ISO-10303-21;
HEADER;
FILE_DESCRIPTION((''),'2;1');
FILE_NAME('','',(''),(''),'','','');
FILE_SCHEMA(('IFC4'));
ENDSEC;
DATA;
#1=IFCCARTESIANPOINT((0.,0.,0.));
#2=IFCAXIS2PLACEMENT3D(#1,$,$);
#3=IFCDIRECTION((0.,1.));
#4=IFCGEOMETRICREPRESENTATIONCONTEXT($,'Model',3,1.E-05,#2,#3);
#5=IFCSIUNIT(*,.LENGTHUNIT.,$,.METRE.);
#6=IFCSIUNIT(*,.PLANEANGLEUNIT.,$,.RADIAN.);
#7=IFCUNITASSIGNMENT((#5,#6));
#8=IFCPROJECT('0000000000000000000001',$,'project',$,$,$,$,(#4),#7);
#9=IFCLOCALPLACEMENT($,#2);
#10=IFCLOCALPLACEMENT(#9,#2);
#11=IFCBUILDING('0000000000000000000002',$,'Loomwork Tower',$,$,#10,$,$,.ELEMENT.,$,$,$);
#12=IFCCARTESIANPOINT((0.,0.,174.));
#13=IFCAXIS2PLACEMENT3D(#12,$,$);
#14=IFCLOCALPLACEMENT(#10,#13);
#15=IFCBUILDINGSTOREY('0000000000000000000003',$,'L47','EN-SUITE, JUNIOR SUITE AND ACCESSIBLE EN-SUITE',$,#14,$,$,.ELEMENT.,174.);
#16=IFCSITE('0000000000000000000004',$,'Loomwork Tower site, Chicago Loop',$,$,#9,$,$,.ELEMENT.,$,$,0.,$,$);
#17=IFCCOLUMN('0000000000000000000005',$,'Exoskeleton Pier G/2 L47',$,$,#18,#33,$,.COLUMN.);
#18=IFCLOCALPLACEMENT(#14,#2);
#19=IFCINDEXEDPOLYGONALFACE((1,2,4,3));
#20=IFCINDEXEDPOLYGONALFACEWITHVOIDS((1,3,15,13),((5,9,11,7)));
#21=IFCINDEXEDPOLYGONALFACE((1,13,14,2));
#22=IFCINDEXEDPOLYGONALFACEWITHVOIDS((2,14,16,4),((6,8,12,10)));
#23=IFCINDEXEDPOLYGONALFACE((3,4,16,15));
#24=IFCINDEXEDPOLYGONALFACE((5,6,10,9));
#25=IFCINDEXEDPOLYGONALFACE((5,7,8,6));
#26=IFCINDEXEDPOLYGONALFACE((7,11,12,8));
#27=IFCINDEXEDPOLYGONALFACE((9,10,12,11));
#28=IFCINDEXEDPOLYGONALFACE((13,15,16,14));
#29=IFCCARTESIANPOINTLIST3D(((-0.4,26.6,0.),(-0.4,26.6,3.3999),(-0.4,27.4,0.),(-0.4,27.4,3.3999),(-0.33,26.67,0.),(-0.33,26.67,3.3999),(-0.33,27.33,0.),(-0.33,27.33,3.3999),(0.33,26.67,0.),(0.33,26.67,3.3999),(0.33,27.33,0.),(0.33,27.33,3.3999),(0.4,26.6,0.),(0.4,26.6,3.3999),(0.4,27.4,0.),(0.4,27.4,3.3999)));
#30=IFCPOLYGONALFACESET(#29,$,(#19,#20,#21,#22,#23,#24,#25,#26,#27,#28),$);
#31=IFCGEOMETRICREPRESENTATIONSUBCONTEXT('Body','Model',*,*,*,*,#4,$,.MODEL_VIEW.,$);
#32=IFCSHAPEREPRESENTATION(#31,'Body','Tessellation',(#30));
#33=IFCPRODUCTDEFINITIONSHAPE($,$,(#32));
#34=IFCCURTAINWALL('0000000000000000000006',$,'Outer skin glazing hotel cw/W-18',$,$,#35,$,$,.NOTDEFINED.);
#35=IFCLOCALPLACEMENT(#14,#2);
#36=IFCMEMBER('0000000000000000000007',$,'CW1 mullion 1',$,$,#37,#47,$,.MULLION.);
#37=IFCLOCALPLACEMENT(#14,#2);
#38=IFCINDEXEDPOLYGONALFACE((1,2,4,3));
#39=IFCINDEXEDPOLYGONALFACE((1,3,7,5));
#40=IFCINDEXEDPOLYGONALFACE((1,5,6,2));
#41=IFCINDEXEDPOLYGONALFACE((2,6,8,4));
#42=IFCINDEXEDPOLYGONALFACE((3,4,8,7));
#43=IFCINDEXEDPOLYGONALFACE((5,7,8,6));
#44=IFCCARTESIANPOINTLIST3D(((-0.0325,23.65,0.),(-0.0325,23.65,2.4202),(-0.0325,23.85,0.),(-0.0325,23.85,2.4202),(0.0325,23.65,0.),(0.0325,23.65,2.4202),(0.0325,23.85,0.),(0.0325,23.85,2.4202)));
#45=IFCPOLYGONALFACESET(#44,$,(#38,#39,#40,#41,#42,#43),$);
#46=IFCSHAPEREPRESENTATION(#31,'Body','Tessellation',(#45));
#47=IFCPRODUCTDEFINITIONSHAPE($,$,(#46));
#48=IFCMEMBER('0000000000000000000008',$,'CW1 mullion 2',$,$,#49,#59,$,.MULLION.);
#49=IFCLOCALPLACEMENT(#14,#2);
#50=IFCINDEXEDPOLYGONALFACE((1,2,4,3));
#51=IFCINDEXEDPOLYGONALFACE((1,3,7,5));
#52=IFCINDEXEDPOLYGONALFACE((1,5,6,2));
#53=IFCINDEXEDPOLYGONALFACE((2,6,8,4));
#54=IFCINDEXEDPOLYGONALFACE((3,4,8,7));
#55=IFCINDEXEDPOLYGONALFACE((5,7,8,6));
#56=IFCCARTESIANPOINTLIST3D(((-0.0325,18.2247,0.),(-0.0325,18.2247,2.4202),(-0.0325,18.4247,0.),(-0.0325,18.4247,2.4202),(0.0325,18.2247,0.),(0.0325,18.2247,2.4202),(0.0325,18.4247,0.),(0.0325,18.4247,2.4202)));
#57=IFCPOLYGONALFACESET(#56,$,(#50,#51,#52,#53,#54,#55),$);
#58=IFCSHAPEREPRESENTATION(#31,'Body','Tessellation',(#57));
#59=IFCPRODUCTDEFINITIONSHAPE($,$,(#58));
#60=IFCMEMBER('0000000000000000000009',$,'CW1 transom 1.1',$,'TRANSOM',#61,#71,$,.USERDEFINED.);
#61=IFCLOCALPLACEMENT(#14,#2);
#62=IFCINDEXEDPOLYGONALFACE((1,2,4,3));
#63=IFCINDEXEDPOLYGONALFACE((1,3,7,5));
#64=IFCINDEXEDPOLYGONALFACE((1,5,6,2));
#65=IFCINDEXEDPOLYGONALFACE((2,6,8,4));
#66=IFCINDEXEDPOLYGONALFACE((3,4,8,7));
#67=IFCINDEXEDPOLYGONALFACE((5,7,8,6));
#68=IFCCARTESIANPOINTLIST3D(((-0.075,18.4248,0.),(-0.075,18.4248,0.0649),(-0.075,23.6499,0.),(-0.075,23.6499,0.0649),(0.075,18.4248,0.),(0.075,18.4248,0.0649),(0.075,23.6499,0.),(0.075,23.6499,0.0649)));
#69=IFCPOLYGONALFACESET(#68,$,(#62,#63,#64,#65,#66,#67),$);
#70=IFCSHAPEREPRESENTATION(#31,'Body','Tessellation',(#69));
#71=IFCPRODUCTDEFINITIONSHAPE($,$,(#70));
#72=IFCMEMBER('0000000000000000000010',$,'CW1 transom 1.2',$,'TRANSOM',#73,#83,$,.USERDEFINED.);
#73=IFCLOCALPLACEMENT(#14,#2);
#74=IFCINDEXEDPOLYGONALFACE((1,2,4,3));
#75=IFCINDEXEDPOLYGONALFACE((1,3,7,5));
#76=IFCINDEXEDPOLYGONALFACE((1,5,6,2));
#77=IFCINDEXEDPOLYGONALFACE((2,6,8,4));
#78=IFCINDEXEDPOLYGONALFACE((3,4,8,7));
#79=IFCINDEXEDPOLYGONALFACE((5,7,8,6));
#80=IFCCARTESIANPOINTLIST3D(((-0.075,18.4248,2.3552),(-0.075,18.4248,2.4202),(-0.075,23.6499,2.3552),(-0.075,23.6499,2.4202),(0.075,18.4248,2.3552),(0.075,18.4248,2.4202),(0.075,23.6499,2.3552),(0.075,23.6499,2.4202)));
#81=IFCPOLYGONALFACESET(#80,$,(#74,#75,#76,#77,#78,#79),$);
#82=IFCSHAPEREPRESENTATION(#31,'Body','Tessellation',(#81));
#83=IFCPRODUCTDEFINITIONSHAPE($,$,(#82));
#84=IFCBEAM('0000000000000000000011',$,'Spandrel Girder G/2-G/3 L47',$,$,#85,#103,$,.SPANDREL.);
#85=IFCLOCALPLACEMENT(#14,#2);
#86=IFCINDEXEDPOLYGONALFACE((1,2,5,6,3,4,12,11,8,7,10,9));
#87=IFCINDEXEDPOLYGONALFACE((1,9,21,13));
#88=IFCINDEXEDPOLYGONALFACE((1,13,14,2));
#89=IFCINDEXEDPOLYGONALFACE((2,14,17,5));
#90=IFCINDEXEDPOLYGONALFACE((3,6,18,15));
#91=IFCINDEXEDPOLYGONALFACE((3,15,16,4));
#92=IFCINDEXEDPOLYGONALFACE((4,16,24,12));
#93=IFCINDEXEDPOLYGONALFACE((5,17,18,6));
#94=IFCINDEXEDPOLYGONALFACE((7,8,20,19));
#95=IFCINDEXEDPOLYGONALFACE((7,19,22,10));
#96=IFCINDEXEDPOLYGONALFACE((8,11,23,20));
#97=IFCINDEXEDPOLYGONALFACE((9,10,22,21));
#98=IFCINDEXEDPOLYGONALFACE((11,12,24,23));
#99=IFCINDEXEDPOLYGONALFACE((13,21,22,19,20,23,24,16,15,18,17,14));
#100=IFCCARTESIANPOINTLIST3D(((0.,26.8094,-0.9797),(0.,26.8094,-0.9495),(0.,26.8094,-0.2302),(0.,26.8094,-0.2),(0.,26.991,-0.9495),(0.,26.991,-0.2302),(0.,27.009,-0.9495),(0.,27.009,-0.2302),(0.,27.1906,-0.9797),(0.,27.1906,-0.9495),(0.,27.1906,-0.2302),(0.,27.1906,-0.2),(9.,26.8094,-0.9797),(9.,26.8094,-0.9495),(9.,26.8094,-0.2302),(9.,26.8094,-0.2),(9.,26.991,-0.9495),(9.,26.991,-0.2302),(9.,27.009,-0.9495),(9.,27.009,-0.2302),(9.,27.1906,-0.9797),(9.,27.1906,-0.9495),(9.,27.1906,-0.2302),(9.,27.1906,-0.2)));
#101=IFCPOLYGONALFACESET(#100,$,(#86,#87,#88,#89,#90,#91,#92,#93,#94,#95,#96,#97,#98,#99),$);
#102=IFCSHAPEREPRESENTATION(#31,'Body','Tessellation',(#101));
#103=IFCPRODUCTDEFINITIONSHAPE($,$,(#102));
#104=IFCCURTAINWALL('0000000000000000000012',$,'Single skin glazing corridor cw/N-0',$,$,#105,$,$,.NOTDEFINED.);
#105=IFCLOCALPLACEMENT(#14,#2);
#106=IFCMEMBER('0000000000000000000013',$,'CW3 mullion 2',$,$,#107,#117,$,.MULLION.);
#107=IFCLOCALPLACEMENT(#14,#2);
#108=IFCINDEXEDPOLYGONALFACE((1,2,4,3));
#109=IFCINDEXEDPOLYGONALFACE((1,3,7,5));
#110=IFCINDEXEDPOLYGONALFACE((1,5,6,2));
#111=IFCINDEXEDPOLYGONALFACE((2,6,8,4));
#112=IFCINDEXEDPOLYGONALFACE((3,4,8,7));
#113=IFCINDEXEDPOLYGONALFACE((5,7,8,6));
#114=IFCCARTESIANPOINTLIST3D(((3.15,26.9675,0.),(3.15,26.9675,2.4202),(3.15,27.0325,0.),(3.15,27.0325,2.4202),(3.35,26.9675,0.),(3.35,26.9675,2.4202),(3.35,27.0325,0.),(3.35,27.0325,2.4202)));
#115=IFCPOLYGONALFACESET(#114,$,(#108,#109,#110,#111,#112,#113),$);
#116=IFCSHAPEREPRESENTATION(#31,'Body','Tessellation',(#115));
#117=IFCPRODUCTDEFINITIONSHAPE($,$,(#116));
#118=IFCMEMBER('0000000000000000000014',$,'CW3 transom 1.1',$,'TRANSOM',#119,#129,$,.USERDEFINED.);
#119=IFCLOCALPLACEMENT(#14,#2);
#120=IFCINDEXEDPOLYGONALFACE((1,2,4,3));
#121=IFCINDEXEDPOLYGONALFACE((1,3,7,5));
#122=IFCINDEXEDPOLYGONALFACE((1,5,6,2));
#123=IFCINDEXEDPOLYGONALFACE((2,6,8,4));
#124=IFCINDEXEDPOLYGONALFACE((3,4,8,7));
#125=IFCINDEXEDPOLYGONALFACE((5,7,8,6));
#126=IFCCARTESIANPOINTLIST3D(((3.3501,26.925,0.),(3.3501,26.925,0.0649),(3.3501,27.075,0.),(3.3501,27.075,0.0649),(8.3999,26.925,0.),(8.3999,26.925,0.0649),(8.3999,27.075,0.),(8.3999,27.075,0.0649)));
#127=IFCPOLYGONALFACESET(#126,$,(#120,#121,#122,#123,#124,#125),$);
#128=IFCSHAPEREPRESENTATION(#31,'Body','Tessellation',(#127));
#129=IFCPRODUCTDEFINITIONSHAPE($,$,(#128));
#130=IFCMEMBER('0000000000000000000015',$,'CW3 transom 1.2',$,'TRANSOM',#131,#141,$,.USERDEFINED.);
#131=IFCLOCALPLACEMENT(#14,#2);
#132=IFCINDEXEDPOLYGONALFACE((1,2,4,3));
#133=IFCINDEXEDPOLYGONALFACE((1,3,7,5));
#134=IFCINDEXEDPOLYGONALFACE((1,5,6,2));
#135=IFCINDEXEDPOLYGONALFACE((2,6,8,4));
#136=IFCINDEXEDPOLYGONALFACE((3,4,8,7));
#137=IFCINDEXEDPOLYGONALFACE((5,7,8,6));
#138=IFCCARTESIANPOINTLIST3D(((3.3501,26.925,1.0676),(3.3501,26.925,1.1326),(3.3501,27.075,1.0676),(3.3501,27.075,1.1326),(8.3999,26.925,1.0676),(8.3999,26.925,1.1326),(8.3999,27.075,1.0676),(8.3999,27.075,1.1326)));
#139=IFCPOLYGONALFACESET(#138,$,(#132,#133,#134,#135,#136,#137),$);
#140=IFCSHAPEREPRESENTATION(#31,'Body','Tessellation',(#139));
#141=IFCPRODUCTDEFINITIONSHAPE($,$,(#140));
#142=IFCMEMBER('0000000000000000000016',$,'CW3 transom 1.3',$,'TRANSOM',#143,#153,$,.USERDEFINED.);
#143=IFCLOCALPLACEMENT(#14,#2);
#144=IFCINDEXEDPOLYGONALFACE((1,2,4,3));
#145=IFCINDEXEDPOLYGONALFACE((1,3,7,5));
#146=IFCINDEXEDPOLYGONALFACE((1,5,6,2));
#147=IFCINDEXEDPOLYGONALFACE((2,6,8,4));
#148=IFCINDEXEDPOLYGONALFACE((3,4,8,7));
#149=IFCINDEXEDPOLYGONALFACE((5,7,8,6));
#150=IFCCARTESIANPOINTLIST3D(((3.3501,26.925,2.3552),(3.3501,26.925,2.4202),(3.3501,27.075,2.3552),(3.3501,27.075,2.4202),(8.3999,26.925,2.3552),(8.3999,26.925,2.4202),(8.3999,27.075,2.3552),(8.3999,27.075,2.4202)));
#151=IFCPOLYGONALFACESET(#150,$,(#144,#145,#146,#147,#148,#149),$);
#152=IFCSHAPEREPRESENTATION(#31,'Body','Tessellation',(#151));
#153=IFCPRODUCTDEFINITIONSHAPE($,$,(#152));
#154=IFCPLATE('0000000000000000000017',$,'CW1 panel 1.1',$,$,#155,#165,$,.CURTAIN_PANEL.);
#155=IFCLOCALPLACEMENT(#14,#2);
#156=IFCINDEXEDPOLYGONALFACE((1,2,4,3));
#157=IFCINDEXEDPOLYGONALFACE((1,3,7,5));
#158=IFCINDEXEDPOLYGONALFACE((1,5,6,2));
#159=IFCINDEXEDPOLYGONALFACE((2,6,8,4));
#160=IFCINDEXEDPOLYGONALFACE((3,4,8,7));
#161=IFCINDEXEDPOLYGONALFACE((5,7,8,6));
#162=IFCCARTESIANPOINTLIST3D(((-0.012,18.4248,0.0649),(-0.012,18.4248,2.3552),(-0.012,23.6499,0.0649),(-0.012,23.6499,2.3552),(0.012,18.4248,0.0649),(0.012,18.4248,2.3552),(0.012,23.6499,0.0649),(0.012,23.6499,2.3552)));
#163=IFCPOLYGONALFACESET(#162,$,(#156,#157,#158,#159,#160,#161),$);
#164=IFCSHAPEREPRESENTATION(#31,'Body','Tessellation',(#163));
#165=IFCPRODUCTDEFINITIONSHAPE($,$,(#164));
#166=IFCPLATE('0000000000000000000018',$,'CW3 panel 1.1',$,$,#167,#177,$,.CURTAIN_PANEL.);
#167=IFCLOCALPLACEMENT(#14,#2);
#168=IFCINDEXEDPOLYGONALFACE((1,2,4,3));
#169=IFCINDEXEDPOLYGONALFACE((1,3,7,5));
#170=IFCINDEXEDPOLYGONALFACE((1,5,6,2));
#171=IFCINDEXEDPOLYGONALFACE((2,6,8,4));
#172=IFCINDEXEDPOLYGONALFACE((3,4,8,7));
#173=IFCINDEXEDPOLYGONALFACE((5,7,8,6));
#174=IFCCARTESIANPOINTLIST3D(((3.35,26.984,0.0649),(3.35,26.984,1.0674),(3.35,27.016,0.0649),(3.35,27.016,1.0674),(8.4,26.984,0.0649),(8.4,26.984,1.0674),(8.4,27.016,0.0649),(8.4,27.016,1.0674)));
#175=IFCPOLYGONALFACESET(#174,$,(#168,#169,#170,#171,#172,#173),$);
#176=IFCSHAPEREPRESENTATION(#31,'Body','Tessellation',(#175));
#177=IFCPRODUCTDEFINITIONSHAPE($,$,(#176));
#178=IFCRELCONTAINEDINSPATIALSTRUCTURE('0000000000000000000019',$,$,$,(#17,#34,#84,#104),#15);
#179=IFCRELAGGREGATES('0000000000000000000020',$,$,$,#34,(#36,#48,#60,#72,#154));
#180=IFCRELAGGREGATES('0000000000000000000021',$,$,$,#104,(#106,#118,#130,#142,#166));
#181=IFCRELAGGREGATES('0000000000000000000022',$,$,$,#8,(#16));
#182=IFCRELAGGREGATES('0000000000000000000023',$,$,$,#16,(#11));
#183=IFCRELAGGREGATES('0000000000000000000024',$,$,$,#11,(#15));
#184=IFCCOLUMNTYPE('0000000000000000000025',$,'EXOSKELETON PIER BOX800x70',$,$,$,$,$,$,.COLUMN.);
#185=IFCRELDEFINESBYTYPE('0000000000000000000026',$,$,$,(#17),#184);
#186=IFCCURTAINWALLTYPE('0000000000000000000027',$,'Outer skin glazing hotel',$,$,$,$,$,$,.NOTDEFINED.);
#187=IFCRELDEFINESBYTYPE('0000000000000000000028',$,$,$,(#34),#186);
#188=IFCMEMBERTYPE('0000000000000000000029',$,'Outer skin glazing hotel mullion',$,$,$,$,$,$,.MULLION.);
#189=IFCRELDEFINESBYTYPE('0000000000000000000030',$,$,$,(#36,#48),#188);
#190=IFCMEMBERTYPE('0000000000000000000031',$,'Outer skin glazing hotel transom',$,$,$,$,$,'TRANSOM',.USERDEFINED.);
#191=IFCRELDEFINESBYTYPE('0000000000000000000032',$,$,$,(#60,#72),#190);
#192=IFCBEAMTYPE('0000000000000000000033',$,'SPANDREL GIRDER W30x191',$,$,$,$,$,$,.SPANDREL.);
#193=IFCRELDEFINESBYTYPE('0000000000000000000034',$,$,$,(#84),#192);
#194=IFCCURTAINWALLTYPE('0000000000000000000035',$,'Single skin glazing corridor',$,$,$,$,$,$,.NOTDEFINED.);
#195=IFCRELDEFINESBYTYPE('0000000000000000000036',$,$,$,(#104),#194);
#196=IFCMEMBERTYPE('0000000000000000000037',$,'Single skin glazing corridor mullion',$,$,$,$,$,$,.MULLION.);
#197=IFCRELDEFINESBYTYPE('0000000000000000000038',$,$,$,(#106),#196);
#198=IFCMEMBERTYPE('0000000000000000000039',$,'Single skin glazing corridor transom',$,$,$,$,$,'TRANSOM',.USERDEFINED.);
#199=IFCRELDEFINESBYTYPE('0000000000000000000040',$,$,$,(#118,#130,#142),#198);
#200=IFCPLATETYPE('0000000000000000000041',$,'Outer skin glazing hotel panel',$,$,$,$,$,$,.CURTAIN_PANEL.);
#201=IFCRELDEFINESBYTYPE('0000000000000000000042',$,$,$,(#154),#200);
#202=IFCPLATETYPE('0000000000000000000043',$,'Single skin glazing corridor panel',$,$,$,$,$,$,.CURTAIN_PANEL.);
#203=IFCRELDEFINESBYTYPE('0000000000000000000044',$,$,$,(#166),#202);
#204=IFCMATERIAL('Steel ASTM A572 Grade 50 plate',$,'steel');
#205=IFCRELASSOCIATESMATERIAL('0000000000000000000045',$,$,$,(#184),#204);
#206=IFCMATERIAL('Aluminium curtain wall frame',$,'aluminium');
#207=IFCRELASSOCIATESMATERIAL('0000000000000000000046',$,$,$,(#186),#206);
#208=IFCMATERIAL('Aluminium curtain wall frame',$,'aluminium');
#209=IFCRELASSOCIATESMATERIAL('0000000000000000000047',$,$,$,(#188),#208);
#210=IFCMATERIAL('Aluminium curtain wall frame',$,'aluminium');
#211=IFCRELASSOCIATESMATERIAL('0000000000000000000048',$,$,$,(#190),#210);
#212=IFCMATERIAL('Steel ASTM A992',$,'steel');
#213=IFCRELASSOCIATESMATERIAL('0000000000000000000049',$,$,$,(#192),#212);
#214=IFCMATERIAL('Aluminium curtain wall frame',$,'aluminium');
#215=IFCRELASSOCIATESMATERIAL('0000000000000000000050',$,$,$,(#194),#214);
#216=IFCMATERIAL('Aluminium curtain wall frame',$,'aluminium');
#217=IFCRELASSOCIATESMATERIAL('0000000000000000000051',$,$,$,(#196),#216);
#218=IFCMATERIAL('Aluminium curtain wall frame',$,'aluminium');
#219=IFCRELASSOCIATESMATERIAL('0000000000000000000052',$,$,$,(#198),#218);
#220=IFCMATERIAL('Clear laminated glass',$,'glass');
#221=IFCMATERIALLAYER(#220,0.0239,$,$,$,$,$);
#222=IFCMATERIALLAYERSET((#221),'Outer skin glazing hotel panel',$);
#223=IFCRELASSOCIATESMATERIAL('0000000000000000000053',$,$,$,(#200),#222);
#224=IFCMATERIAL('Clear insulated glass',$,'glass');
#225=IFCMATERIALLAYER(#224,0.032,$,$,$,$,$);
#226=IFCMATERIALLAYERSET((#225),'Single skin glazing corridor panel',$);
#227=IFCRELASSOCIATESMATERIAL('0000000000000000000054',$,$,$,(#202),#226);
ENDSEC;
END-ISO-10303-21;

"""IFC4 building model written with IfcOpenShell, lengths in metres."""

from ifc_helpers import new_model, si_unit, direction, frame, origin, origin_2d, place, context, subcontext, project, spatial, rectangle, hollow_rectangle, i_section, extrude, material, layer, layer_set, material_profile, profile_set, type_object, element, aggregate, save


model = new_model("IFC4")

# Units and contexts
model_context = context("Model", 3, precision=1e-05, world=origin(), true_north=direction((0.0, 1.0)))
body_context = subcontext(model_context, "Body", "Model", "MODEL_VIEW")
ifc_project = project(units=[si_unit("LENGTHUNIT", "METRE"), si_unit("PLANEANGLEUNIT", "RADIAN")], contexts=[model_context])

# Site, building, storey
site_placement = place(None, origin())
site = spatial("IfcSite", under=ifc_project, at=site_placement, Name="Loomwork Tower site, Chicago Loop", CompositionType="ELEMENT", RefElevation=0.0)
building_placement = place(site_placement, origin())
building = spatial("IfcBuilding", under=site, at=building_placement, Name="Loomwork Tower", CompositionType="ELEMENT")
storey_placement = place(building_placement, frame((0.0, 0.0, 174.0)))
storey = spatial("IfcBuildingStorey", under=building, at=storey_placement, Name="L47", Description="EN-SUITE, JUNIOR SUITE AND ACCESSIBLE EN-SUITE", CompositionType="ELEMENT", Elevation=174.0)

# Column
ifc_material_1 = material(Name="Steel ASTM A572 Grade 50 plate", Category="steel")
ifc_material_profile_1 = material_profile(ifc_material_1, hollow_rectangle(XDim=0.8, YDim=0.8, WallThickness=0.0701, at=origin_2d()), Name="BOX800x70")
ifc_profile_set_1 = profile_set([ifc_material_profile_1], Name="Steel ASTM A572 Grade 50 plate")
column_type = type_object("IfcColumnType", Name="EXOSKELETON PIER BOX800x70", PredefinedType="COLUMN", material=ifc_profile_set_1)
column_placement = place(storey_placement, frame((0.0, 27.0, 0.0), z_axis=(0.0, 0.0, 1.0), x_axis=(0.0, 1.0, 0.0)))
element("IfcColumn", 1, at=column_placement, inside=storey, type_object=column_type, Name="Exoskeleton Pier G/2 L47", PredefinedType="COLUMN", context=body_context, shape_type="SweptSolid", body=[
    extrude(hollow_rectangle(XDim=0.8, YDim=0.8, WallThickness=0.0701, at=origin_2d()), origin(), (0.0, 0.0, 1.0), 3.3999),
])

# Curtain wall, members
ifc_material_2 = material(Name="Aluminium curtain wall frame", Category="aluminium")
curtain_wall_type_1 = type_object("IfcCurtainWallType", Name="Outer skin glazing hotel", PredefinedType="NOTDEFINED", material=ifc_material_2)
curtain_wall_1_placement = place(storey_placement, origin())
curtain_wall_1 = element("IfcCurtainWall", 2, at=curtain_wall_1_placement, inside=storey, type_object=curtain_wall_type_1, Name="Outer skin glazing hotel cw/W-18", PredefinedType="NOTDEFINED")
ifc_material_3 = material(Name="Aluminium curtain wall frame", Category="aluminium")
ifc_material_profile_2 = material_profile(ifc_material_3, rectangle(XDim=0.0649, YDim=0.2, at=origin_2d()), Name="AL 65x200")
ifc_profile_set_2 = profile_set([ifc_material_profile_2], Name="Aluminium curtain wall frame")
member_type_1 = type_object("IfcMemberType", Name="Outer skin glazing hotel mullion", PredefinedType="MULLION", material=ifc_profile_set_2)
member_1_placement = place(storey_placement, frame((0.0, 23.75, 0.0), z_axis=(0.0, 0.0, 1.0), x_axis=(1.0, 0.0, 0.0)))
member_1 = element("IfcMember", 3, at=member_1_placement, type_object=member_type_1, Name="CW1 mullion 1", PredefinedType="MULLION", context=body_context, shape_type="SweptSolid", body=[
    extrude(rectangle(XDim=0.0649, YDim=0.2, at=origin_2d()), origin(), (0.0, 0.0, 1.0), 2.4202),
])
member_2_placement = place(storey_placement, frame((0.0, 18.3247, 0.0), z_axis=(0.0, 0.0, 1.0), x_axis=(1.0, 0.0, 0.0)))
member_2 = element("IfcMember", 4, at=member_2_placement, type_object=member_type_1, Name="CW1 mullion 2", PredefinedType="MULLION", context=body_context, shape_type="SweptSolid", body=[
    extrude(rectangle(XDim=0.0649, YDim=0.2, at=origin_2d()), origin(), (0.0, 0.0, 1.0), 2.4202),
])
ifc_material_4 = material(Name="Aluminium curtain wall frame", Category="aluminium")
ifc_material_profile_3 = material_profile(ifc_material_4, rectangle(XDim=0.1499, YDim=0.0649, at=origin_2d()), Name="AL 65x150")
ifc_profile_set_3 = profile_set([ifc_material_profile_3], Name="Aluminium curtain wall frame")
member_type_2 = type_object("IfcMemberType", Name="Outer skin glazing hotel transom", ElementType="TRANSOM", PredefinedType="USERDEFINED", material=ifc_profile_set_3)
member_3_placement = place(storey_placement, frame((0.0, 23.6499, 0.0325), z_axis=(0.0, -1.0, 0.0), x_axis=(1.0, 0.0, 0.0)))
member_3 = element("IfcMember", 5, at=member_3_placement, type_object=member_type_2, Name="CW1 transom 1.1", ObjectType="TRANSOM", PredefinedType="USERDEFINED", context=body_context, shape_type="SweptSolid", body=[
    extrude(rectangle(XDim=0.1499, YDim=0.0649, at=origin_2d()), origin(), (0.0, 0.0, 1.0), 5.2251),
])
member_4_placement = place(storey_placement, frame((0.0, 23.6499, 2.3877), z_axis=(0.0, -1.0, 0.0), x_axis=(1.0, 0.0, 0.0)))
member_4 = element("IfcMember", 6, at=member_4_placement, type_object=member_type_2, Name="CW1 transom 1.2", ObjectType="TRANSOM", PredefinedType="USERDEFINED", context=body_context, shape_type="SweptSolid", body=[
    extrude(rectangle(XDim=0.1499, YDim=0.0649, at=origin_2d()), origin(), (0.0, 0.0, 1.0), 5.2251),
])

# Beam
ifc_material_5 = material(Name="Steel ASTM A992", Category="steel")
ifc_material_profile_4 = material_profile(ifc_material_5, i_section(OverallWidth=0.3811, OverallDepth=0.7798, WebThickness=0.0181, FlangeThickness=0.0303, at=origin_2d()), Name="W30x191")
ifc_profile_set_4 = profile_set([ifc_material_profile_4], Name="Steel ASTM A992")
beam_type = type_object("IfcBeamType", Name="SPANDREL GIRDER W30x191", PredefinedType="SPANDREL", material=ifc_profile_set_4)
beam_placement = place(storey_placement, frame((0.0, 27.0, -0.5898), z_axis=(1.0, 0.0, 0.0), x_axis=(0.0, 1.0, 0.0)))
element("IfcBeam", 7, at=beam_placement, inside=storey, type_object=beam_type, Name="Spandrel Girder G/2-G/3 L47", PredefinedType="SPANDREL", context=body_context, shape_type="SweptSolid", body=[
    extrude(i_section(OverallWidth=0.3811, OverallDepth=0.7798, WebThickness=0.0181, FlangeThickness=0.0303, at=origin_2d()), origin(), (0.0, 0.0, 1.0), 9.0),
])

# Curtain wall, members
ifc_material_6 = material(Name="Aluminium curtain wall frame", Category="aluminium")
curtain_wall_type_2 = type_object("IfcCurtainWallType", Name="Single skin glazing corridor", PredefinedType="NOTDEFINED", material=ifc_material_6)
curtain_wall_2_placement = place(storey_placement, origin())
curtain_wall_2 = element("IfcCurtainWall", 8, at=curtain_wall_2_placement, inside=storey, type_object=curtain_wall_type_2, Name="Single skin glazing corridor cw/N-0", PredefinedType="NOTDEFINED")
ifc_material_7 = material(Name="Aluminium curtain wall frame", Category="aluminium")
ifc_material_profile_5 = material_profile(ifc_material_7, rectangle(XDim=0.0649, YDim=0.2, at=origin_2d()), Name="AL 65x200")
ifc_profile_set_5 = profile_set([ifc_material_profile_5], Name="Aluminium curtain wall frame")
member_type_3 = type_object("IfcMemberType", Name="Single skin glazing corridor mullion", PredefinedType="MULLION", material=ifc_profile_set_5)
member_5_placement = place(storey_placement, frame((3.25, 27.0, 0.0), z_axis=(0.0, 0.0, 1.0), x_axis=(0.0, -1.0, 0.0)))
member_5 = element("IfcMember", 9, at=member_5_placement, type_object=member_type_3, Name="CW3 mullion 2", PredefinedType="MULLION", context=body_context, shape_type="SweptSolid", body=[
    extrude(rectangle(XDim=0.0649, YDim=0.2, at=origin_2d()), origin(), (0.0, 0.0, 1.0), 2.4202),
])
ifc_material_8 = material(Name="Aluminium curtain wall frame", Category="aluminium")
ifc_material_profile_6 = material_profile(ifc_material_8, rectangle(XDim=0.1499, YDim=0.0649, at=origin_2d()), Name="AL 65x150")
ifc_profile_set_6 = profile_set([ifc_material_profile_6], Name="Aluminium curtain wall frame")
member_type_4 = type_object("IfcMemberType", Name="Single skin glazing corridor transom", ElementType="TRANSOM", PredefinedType="USERDEFINED", material=ifc_profile_set_6)
member_6_placement = place(storey_placement, frame((8.3999, 27.0, 0.0325), z_axis=(-1.0, 0.0, 0.0), x_axis=(0.0, -1.0, 0.0)))
member_6 = element("IfcMember", 10, at=member_6_placement, type_object=member_type_4, Name="CW3 transom 1.1", ObjectType="TRANSOM", PredefinedType="USERDEFINED", context=body_context, shape_type="SweptSolid", body=[
    extrude(rectangle(XDim=0.1499, YDim=0.0649, at=origin_2d()), origin(), (0.0, 0.0, 1.0), 5.0498),
])
member_7_placement = place(storey_placement, frame((8.3999, 27.0, 1.1001), z_axis=(-1.0, 0.0, 0.0), x_axis=(0.0, -1.0, 0.0)))
member_7 = element("IfcMember", 11, at=member_7_placement, type_object=member_type_4, Name="CW3 transom 1.2", ObjectType="TRANSOM", PredefinedType="USERDEFINED", context=body_context, shape_type="SweptSolid", body=[
    extrude(rectangle(XDim=0.1499, YDim=0.0649, at=origin_2d()), origin(), (0.0, 0.0, 1.0), 5.0498),
])
member_8_placement = place(storey_placement, frame((8.3999, 27.0, 2.3877), z_axis=(-1.0, 0.0, 0.0), x_axis=(0.0, -1.0, 0.0)))
member_8 = element("IfcMember", 12, at=member_8_placement, type_object=member_type_4, Name="CW3 transom 1.3", ObjectType="TRANSOM", PredefinedType="USERDEFINED", context=body_context, shape_type="SweptSolid", body=[
    extrude(rectangle(XDim=0.1499, YDim=0.0649, at=origin_2d()), origin(), (0.0, 0.0, 1.0), 5.0498),
])

# Plates
ifc_material_9 = material(Name="Clear laminated glass", Category="glass")
ifc_layer_1 = layer(ifc_material_9, 0.0239)
ifc_layer_set_1 = layer_set([ifc_layer_1], Name="Outer skin glazing hotel panel")
plate_type_1 = type_object("IfcPlateType", Name="Outer skin glazing hotel panel", PredefinedType="CURTAIN_PANEL", material=ifc_layer_set_1)
plate_1_placement = place(storey_placement, frame((0.0, 21.0374, 0.0649), z_axis=(0.0, 0.0, 1.0), x_axis=(0.0, -1.0, 0.0)))
plate_1 = element("IfcPlate", 13, at=plate_1_placement, type_object=plate_type_1, Name="CW1 panel 1.1", PredefinedType="CURTAIN_PANEL", context=body_context, shape_type="SweptSolid", body=[
    extrude(rectangle(XDim=5.2251, YDim=0.0239, at=origin_2d()), origin(), (0.0, 0.0, 1.0), 2.2903),
])
aggregate(curtain_wall_1, [member_1, member_2, member_3, member_4, plate_1])
ifc_material_10 = material(Name="Clear insulated glass", Category="glass")
ifc_layer_2 = layer(ifc_material_10, 0.032)
ifc_layer_set_2 = layer_set([ifc_layer_2], Name="Single skin glazing corridor panel")
plate_type_2 = type_object("IfcPlateType", Name="Single skin glazing corridor panel", PredefinedType="CURTAIN_PANEL", material=ifc_layer_set_2)
plate_2_placement = place(storey_placement, frame((5.875, 27.0, 0.0649), z_axis=(0.0, 0.0, 1.0), x_axis=(-1.0, 0.0, 0.0)))
plate_2 = element("IfcPlate", 14, at=plate_2_placement, type_object=plate_type_2, Name="CW3 panel 1.1", PredefinedType="CURTAIN_PANEL", context=body_context, shape_type="SweptSolid", body=[
    extrude(rectangle(XDim=5.05, YDim=0.032, at=origin_2d()), origin(), (0.0, 0.0, 1.0), 1.0024),
])
aggregate(curtain_wall_2, [member_5, member_6, member_7, member_8, plate_2])

save(model, "model.ifc")
